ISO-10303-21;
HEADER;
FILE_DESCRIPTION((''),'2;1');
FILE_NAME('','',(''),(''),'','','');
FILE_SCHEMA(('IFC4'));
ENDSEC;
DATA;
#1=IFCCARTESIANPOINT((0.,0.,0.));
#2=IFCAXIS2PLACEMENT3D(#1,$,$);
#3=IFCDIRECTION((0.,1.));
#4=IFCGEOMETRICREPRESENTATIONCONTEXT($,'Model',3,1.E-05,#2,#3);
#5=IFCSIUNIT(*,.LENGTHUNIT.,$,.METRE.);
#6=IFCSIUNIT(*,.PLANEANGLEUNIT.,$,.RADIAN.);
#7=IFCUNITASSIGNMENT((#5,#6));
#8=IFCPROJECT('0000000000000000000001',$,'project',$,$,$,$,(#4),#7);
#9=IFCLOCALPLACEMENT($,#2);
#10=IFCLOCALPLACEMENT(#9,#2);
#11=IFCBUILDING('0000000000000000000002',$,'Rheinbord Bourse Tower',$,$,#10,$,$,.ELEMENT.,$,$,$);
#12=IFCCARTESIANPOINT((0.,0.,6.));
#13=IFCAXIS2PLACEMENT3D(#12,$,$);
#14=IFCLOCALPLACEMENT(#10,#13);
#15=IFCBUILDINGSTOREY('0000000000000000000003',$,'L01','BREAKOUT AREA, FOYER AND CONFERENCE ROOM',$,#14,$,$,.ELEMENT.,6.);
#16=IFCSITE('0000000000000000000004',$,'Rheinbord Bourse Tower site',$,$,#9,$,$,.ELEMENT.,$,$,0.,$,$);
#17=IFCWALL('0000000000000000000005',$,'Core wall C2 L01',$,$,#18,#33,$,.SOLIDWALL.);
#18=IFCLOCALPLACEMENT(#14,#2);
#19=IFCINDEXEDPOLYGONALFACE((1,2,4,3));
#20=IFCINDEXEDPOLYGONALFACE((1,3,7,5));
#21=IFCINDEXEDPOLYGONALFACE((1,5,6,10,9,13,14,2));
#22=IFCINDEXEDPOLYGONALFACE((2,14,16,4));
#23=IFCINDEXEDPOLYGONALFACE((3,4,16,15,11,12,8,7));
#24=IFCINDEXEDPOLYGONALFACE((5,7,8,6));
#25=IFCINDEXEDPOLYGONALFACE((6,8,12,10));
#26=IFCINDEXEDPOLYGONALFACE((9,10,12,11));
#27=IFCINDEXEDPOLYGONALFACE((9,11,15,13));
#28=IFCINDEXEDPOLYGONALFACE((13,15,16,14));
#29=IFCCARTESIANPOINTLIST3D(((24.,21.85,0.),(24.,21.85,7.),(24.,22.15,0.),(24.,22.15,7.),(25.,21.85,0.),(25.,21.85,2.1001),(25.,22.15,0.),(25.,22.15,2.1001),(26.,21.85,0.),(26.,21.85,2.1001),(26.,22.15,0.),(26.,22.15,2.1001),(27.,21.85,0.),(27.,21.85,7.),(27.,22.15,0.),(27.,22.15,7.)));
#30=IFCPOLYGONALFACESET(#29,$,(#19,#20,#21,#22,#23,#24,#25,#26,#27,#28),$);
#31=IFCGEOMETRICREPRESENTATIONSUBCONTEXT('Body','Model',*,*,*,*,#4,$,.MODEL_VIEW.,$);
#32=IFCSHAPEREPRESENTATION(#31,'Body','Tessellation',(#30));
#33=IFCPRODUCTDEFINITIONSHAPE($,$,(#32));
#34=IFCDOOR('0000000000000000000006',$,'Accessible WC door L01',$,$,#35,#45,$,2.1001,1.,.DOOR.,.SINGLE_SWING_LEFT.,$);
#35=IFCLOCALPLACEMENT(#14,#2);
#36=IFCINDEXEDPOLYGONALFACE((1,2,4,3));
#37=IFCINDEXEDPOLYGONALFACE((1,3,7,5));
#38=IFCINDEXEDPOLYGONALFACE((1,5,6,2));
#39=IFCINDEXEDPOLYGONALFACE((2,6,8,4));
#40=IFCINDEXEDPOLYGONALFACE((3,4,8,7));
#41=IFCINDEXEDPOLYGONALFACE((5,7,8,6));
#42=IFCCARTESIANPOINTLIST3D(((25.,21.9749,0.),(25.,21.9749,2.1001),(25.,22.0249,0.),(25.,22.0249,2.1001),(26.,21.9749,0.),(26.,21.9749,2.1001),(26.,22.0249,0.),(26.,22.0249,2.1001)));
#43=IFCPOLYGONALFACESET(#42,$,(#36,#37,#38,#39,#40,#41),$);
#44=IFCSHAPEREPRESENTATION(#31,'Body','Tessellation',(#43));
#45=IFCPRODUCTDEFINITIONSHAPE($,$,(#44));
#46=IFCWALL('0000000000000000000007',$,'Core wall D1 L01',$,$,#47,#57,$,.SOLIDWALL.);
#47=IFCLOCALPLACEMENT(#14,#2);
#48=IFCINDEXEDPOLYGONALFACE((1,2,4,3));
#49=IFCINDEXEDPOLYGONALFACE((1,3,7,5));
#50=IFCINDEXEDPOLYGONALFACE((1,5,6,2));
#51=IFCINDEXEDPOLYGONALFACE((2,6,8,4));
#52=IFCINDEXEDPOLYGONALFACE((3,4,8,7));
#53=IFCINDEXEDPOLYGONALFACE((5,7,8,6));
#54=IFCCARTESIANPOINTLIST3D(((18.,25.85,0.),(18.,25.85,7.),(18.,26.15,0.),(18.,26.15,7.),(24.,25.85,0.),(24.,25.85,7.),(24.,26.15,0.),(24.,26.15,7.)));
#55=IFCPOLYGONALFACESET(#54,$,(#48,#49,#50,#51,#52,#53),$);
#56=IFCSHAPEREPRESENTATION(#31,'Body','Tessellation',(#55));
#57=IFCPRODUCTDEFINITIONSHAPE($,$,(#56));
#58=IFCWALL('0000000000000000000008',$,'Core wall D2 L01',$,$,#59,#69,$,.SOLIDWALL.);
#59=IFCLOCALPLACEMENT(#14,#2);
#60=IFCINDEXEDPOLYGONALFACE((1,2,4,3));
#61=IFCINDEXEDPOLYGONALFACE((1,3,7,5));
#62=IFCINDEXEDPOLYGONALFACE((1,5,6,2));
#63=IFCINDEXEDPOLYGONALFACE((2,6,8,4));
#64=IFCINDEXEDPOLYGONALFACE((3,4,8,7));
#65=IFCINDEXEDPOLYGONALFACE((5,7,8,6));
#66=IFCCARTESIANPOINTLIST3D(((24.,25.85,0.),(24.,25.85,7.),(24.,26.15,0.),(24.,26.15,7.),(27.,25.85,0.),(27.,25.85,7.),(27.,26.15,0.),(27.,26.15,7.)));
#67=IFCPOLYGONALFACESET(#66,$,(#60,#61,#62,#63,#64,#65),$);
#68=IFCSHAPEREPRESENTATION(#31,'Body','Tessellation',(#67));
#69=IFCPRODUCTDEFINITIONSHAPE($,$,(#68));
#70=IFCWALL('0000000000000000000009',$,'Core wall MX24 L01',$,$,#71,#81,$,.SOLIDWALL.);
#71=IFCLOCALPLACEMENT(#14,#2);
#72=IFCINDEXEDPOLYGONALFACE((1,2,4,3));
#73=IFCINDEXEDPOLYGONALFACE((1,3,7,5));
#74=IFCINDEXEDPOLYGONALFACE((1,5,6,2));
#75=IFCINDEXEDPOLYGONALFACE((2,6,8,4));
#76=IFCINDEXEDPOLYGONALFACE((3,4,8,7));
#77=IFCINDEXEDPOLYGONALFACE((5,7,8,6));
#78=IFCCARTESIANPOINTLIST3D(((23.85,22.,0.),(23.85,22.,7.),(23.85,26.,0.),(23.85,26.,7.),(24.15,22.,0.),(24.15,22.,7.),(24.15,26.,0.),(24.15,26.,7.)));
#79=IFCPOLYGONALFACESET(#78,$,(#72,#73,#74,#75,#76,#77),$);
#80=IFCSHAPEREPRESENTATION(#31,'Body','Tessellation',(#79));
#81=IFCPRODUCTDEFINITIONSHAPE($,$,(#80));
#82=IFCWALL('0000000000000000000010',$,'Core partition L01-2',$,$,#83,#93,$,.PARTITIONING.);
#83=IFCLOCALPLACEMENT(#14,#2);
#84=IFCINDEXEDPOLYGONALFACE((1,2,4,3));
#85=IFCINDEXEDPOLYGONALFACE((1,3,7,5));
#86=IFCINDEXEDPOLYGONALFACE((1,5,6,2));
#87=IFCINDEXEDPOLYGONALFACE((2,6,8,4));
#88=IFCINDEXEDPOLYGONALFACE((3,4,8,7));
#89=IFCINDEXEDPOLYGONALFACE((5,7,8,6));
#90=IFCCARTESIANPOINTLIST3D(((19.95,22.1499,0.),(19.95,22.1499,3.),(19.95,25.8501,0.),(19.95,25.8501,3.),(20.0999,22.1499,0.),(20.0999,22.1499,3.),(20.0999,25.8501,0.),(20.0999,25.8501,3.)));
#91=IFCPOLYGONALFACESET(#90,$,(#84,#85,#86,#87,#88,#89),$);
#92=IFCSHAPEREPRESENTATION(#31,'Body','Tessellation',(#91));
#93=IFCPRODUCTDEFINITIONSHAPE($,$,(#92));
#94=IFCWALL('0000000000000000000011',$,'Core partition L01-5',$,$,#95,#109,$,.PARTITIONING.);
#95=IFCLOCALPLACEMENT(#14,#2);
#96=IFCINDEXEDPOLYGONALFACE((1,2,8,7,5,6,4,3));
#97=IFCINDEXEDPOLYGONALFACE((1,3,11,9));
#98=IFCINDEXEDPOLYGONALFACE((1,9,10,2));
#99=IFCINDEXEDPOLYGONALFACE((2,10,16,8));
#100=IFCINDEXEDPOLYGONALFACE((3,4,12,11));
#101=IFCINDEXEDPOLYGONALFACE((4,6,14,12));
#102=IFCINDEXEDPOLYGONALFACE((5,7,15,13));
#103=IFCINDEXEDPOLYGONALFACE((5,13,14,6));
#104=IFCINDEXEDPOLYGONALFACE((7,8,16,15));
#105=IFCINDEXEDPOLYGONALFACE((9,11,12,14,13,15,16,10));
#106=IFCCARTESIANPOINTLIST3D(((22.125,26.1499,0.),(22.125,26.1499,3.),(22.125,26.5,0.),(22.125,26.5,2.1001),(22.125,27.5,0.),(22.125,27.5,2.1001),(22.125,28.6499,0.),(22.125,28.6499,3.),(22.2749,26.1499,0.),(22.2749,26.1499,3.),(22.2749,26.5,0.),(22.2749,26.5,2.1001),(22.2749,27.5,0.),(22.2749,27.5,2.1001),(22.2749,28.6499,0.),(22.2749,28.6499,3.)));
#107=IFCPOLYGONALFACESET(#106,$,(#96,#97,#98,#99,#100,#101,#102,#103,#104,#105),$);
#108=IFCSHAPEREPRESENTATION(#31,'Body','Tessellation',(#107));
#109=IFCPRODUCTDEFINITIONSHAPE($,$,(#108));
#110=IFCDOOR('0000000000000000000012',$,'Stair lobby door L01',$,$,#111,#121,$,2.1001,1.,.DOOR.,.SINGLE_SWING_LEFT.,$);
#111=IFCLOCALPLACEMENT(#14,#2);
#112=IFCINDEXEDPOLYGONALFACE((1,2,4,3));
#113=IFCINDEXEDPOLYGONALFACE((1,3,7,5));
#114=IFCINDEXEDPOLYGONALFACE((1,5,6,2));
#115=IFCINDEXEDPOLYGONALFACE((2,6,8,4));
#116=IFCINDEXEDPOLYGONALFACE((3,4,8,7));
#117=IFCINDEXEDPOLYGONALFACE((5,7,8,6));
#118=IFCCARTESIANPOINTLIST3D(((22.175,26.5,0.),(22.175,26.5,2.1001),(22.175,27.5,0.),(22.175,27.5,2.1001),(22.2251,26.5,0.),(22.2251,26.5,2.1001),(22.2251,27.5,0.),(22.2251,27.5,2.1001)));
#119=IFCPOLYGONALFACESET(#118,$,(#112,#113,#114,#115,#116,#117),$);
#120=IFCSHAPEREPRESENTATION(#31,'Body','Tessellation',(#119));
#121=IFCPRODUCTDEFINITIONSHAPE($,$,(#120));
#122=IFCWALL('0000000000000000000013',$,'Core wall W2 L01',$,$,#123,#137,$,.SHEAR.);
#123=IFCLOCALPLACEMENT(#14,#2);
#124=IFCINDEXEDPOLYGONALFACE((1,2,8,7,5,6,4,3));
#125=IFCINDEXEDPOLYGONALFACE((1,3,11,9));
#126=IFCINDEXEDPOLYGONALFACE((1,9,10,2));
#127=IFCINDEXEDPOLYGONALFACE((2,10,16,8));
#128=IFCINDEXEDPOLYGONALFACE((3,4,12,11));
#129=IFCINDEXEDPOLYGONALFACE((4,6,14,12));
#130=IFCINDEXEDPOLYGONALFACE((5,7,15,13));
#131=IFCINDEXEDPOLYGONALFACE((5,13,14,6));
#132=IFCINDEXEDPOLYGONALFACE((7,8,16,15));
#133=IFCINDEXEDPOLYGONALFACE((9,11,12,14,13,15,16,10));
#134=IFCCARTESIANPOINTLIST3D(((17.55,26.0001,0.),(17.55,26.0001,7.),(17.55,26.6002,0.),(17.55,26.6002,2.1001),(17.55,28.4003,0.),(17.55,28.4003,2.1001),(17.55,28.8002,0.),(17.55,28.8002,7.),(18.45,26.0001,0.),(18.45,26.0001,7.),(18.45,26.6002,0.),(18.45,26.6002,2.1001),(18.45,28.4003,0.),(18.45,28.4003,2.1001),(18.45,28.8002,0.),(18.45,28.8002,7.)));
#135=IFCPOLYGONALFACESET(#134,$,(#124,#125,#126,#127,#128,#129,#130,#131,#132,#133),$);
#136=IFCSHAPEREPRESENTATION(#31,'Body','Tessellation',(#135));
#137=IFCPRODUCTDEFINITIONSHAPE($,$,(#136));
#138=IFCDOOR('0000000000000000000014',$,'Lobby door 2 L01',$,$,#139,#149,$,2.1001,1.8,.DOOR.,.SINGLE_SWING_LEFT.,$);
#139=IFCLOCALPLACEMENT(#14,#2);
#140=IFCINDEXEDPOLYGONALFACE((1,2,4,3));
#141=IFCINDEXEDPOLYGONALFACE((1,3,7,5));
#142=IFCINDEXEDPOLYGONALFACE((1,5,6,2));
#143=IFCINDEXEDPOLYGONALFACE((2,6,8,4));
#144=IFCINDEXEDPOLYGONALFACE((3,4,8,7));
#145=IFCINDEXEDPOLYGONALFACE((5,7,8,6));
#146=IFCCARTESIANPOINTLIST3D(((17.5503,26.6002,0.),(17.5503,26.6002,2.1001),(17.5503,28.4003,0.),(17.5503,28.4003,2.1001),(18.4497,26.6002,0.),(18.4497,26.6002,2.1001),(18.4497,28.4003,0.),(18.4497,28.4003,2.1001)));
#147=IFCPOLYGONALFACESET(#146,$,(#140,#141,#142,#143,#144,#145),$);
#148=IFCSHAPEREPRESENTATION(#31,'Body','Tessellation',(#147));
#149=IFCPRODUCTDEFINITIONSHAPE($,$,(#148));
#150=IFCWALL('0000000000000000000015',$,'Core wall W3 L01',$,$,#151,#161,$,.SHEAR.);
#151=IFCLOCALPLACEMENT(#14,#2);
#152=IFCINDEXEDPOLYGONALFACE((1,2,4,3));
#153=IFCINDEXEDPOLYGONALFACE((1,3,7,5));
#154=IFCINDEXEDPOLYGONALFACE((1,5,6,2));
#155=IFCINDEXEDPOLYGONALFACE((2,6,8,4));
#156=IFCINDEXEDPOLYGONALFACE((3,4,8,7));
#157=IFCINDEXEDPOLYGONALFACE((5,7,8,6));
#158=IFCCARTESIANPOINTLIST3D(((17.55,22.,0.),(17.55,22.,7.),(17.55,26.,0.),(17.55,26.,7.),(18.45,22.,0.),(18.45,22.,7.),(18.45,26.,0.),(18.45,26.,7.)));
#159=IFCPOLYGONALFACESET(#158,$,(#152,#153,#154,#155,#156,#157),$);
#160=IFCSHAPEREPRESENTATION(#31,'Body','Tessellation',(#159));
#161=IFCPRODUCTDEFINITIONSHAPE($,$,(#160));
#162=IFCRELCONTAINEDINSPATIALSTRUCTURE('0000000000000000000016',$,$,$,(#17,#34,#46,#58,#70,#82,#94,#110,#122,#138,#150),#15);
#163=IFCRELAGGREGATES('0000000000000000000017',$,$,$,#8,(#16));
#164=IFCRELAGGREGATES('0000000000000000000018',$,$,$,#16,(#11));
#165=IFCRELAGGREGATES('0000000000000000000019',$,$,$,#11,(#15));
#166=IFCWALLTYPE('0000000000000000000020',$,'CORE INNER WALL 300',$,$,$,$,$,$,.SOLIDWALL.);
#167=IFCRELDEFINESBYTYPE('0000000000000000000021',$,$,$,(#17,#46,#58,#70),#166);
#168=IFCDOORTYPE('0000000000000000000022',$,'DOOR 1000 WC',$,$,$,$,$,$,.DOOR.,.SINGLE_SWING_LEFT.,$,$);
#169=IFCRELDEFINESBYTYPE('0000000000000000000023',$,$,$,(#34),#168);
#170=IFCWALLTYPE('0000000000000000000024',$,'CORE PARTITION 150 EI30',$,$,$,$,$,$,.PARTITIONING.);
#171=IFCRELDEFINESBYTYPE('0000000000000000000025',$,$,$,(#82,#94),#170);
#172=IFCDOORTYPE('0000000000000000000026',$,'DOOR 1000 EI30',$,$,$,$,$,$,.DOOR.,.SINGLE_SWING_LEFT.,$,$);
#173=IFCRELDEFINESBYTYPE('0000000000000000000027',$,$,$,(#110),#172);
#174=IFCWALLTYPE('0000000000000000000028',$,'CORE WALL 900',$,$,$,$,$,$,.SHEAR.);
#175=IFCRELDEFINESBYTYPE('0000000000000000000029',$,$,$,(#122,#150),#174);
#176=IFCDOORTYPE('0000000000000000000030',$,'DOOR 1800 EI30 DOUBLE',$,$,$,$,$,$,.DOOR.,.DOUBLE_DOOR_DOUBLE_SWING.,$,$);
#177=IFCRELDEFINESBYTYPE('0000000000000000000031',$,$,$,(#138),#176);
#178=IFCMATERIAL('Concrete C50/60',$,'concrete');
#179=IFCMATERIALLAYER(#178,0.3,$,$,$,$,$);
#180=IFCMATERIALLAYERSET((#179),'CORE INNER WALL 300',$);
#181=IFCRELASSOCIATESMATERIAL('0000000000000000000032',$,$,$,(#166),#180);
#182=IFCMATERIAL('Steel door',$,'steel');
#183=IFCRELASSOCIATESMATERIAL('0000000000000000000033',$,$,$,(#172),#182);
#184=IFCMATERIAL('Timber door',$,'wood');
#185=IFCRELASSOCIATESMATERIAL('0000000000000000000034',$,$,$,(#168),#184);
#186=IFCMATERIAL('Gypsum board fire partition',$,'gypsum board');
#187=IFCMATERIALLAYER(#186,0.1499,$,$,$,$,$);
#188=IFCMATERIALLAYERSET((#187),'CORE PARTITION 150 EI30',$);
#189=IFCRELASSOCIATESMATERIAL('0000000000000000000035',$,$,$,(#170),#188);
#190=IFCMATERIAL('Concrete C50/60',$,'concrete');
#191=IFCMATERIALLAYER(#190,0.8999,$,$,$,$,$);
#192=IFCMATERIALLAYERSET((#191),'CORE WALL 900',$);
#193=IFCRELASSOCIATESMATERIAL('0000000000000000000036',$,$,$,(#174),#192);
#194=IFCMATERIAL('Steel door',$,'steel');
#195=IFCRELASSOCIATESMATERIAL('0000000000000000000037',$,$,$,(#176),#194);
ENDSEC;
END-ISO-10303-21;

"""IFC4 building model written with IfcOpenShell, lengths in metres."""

from ifc_helpers import new_model, si_unit, direction, frame, frame_2d, origin, place, context, subcontext, project, spatial, rectangle, extrude, material, layer, layer_set, type_object, element, fill, save


model = new_model("IFC4")

# Units and contexts
model_context = context("Model", 3, precision=1e-05, world=origin(), true_north=direction((0.0, 1.0)))
body_context = subcontext(model_context, "Body", "Model", "MODEL_VIEW")
ifc_project = project(units=[si_unit("LENGTHUNIT", "METRE"), si_unit("PLANEANGLEUNIT", "RADIAN")], contexts=[model_context])

# Site, building, storey
site_placement = place(None, origin())
site = spatial("IfcSite", under=ifc_project, at=site_placement, Name="Rheinbord Bourse Tower site", CompositionType="ELEMENT", RefElevation=0.0)
building_placement = place(site_placement, origin())
building = spatial("IfcBuilding", under=site, at=building_placement, Name="Rheinbord Bourse Tower", CompositionType="ELEMENT")
storey_placement = place(building_placement, frame((0.0, 0.0, 6.0)))
storey = spatial("IfcBuildingStorey", under=building, at=storey_placement, Name="L01", Description="BREAKOUT AREA, FOYER AND CONFERENCE ROOM", CompositionType="ELEMENT", Elevation=6.0)

# Shared definitions
ifc_material_1 = material(Name="Concrete C50/60", Category="concrete")
ifc_layer_1 = layer(ifc_material_1, 0.3)
ifc_layer_set_1 = layer_set([ifc_layer_1], Name="CORE INNER WALL 300")
wall_type_1 = type_object("IfcWallType", Name="CORE INNER WALL 300", PredefinedType="SOLIDWALL", material=ifc_layer_set_1)
ifc_material_2 = material(Name="Steel door", Category="steel")
door_type_1 = type_object("IfcDoorType", Name="DOOR 1000 EI30", OperationType="SINGLE_SWING_LEFT", PredefinedType="DOOR", material=ifc_material_2)

# Shared definitions
ifc_material_3 = material(Name="Timber door", Category="wood")
door_type_2 = type_object("IfcDoorType", Name="DOOR 1000 WC", OperationType="SINGLE_SWING_LEFT", PredefinedType="DOOR", material=ifc_material_3)

# Wall, opening, door
wall_1_placement = place(storey_placement, frame((24.0, 22.0, 0.0), z_axis=(0.0, 0.0, 1.0), x_axis=(1.0, 0.0, 0.0)))
wall_1 = element("IfcWall", 1, at=wall_1_placement, inside=storey, type_object=wall_type_1, Name="Core wall C2 L01", PredefinedType="SOLIDWALL", context=body_context, shape_type="SweptSolid", body=[
    extrude(rectangle(XDim=3.0, YDim=0.3, at=frame_2d((1.5, 0.0))), origin(), (0.0, 0.0, 1.0), 7.0),
])
opening_1_placement = place(wall_1_placement, frame((1.0, 0.0, 0.0)))
opening_1 = element("IfcOpeningElement", 2, at=opening_1_placement, cuts=wall_1, PredefinedType="OPENING", context=body_context, shape_type="SweptSolid", body=[
    extrude(rectangle(XDim=1.0, YDim=2.1001, at=frame_2d((0.5, 1.05))), frame((0.0, 0.1599, 0.0), z_axis=(0.0, -1.0, 0.0), x_axis=(1.0, 0.0, 0.0)), (0.0, 0.0, 1.0), 0.3201),
])
door_1_placement = place(opening_1_placement, origin())
door_1 = element("IfcDoor", 3, at=door_1_placement, inside=storey, type_object=door_type_2, Name="Accessible WC door L01", OperationType="SINGLE_SWING_LEFT", OverallHeight=2.1001, OverallWidth=1.0, PredefinedType="DOOR", context=body_context, shape_type="SweptSolid", body=[
    extrude(rectangle(XDim=1.0, YDim=2.1001, at=frame_2d((0.5, 1.05))), frame((0.0, 0.0249, 0.0), z_axis=(0.0, -1.0, 0.0), x_axis=(1.0, 0.0, 0.0)), (0.0, 0.0, 1.0), 0.05),
])
fill(opening_1, door_1)

# Walls
wall_2_placement = place(storey_placement, frame((18.0, 26.0, 0.0), z_axis=(0.0, 0.0, 1.0), x_axis=(1.0, 0.0, 0.0)))
element("IfcWall", 4, at=wall_2_placement, inside=storey, type_object=wall_type_1, Name="Core wall D1 L01", PredefinedType="SOLIDWALL", context=body_context, shape_type="SweptSolid", body=[
    extrude(rectangle(XDim=6.0, YDim=0.3, at=frame_2d((3.0, 0.0))), origin(), (0.0, 0.0, 1.0), 7.0),
])
wall_3_placement = place(storey_placement, frame((24.0, 26.0, 0.0), z_axis=(0.0, 0.0, 1.0), x_axis=(1.0, 0.0, 0.0)))
element("IfcWall", 5, at=wall_3_placement, inside=storey, type_object=wall_type_1, Name="Core wall D2 L01", PredefinedType="SOLIDWALL", context=body_context, shape_type="SweptSolid", body=[
    extrude(rectangle(XDim=3.0, YDim=0.3, at=frame_2d((1.5, 0.0))), origin(), (0.0, 0.0, 1.0), 7.0),
])
wall_4_placement = place(storey_placement, frame((24.0, 22.0, 0.0), z_axis=(0.0, 0.0, 1.0), x_axis=(0.0, 1.0, 0.0)))
element("IfcWall", 6, at=wall_4_placement, inside=storey, type_object=wall_type_1, Name="Core wall MX24 L01", PredefinedType="SOLIDWALL", context=body_context, shape_type="SweptSolid", body=[
    extrude(rectangle(XDim=4.0, YDim=0.3, at=frame_2d((2.0, 0.0))), origin(), (0.0, 0.0, 1.0), 7.0),
])
ifc_material_4 = material(Name="Gypsum board fire partition", Category="gypsum board")
ifc_layer_2 = layer(ifc_material_4, 0.1499)
ifc_layer_set_2 = layer_set([ifc_layer_2], Name="CORE PARTITION 150 EI30")
wall_type_2 = type_object("IfcWallType", Name="CORE PARTITION 150 EI30", PredefinedType="PARTITIONING", material=ifc_layer_set_2)
wall_5_placement = place(storey_placement, frame((20.0249, 22.1499, 0.0), z_axis=(0.0, 0.0, 1.0), x_axis=(0.0, 1.0, 0.0)))
element("IfcWall", 7, at=wall_5_placement, inside=storey, type_object=wall_type_2, Name="Core partition L01-2", PredefinedType="PARTITIONING", context=body_context, shape_type="SweptSolid", body=[
    extrude(rectangle(XDim=3.7002, YDim=0.1499, at=frame_2d((1.8501, 0.0))), origin(), (0.0, 0.0, 1.0), 3.0),
])

# Walls, openings, doors
wall_6_placement = place(storey_placement, frame((22.2, 26.1499, 0.0), z_axis=(0.0, 0.0, 1.0), x_axis=(0.0, 1.0, 0.0)))
wall_6 = element("IfcWall", 8, at=wall_6_placement, inside=storey, type_object=wall_type_2, Name="Core partition L01-5", PredefinedType="PARTITIONING", context=body_context, shape_type="SweptSolid", body=[
    extrude(rectangle(XDim=2.5, YDim=0.1499, at=frame_2d((1.25, 0.0))), origin(), (0.0, 0.0, 1.0), 3.0),
])
opening_2_placement = place(wall_6_placement, frame((0.3501, 0.0, 0.0)))
opening_2 = element("IfcOpeningElement", 9, at=opening_2_placement, cuts=wall_6, PredefinedType="OPENING", context=body_context, shape_type="SweptSolid", body=[
    extrude(rectangle(XDim=1.0, YDim=2.1001, at=frame_2d((0.5, 1.05))), frame((0.0, 0.085, 0.0), z_axis=(0.0, -1.0, 0.0), x_axis=(1.0, 0.0, 0.0)), (0.0, 0.0, 1.0), 0.1699),
])
door_2_placement = place(opening_2_placement, origin())
door_2 = element("IfcDoor", 10, at=door_2_placement, inside=storey, type_object=door_type_1, Name="Stair lobby door L01", OperationType="SINGLE_SWING_LEFT", OverallHeight=2.1001, OverallWidth=1.0, PredefinedType="DOOR", context=body_context, shape_type="SweptSolid", body=[
    extrude(rectangle(XDim=1.0, YDim=2.1001, at=frame_2d((0.5, 1.05))), frame((0.0, 0.0249, 0.0), z_axis=(0.0, -1.0, 0.0), x_axis=(1.0, 0.0, 0.0)), (0.0, 0.0, 1.0), 0.05),
])
fill(opening_2, door_2)
ifc_material_5 = material(Name="Concrete C50/60", Category="concrete")
ifc_layer_3 = layer(ifc_material_5, 0.8999)
ifc_layer_set_3 = layer_set([ifc_layer_3], Name="CORE WALL 900")
wall_type_3 = type_object("IfcWallType", Name="CORE WALL 900", PredefinedType="SHEAR", material=ifc_layer_set_3)
wall_7_placement = place(storey_placement, frame((18.0, 28.8, 0.0), z_axis=(0.0, 0.0, 1.0), x_axis=(0.0, -1.0, 0.0)))
wall_7 = element("IfcWall", 11, at=wall_7_placement, inside=storey, type_object=wall_type_3, Name="Core wall W2 L01", PredefinedType="SHEAR", context=body_context, shape_type="SweptSolid", body=[
    extrude(rectangle(XDim=2.8, YDim=0.8999, at=frame_2d((1.3999, 0.0))), origin(), (0.0, 0.0, 1.0), 7.0),
])
opening_3_placement = place(wall_7_placement, frame((0.3999, 0.0, 0.0)))
opening_3 = element("IfcOpeningElement", 12, at=opening_3_placement, cuts=wall_7, PredefinedType="OPENING", context=body_context, shape_type="SweptSolid", body=[
    extrude(rectangle(XDim=1.8, YDim=2.1001, at=frame_2d((0.8999, 1.05))), frame((0.0, 0.46, 0.0), z_axis=(0.0, -1.0, 0.0), x_axis=(1.0, 0.0, 0.0)), (0.0, 0.0, 1.0), 0.9199),
])
ifc_material_6 = material(Name="Steel door", Category="steel")
door_type_3 = type_object("IfcDoorType", Name="DOOR 1800 EI30 DOUBLE", OperationType="DOUBLE_DOOR_DOUBLE_SWING", PredefinedType="DOOR", material=ifc_material_6)
door_3_placement = place(opening_3_placement, origin())
door_3 = element("IfcDoor", 13, at=door_3_placement, inside=storey, type_object=door_type_3, Name="Lobby door 2 L01", OperationType="SINGLE_SWING_LEFT", OverallHeight=2.1001, OverallWidth=1.8, PredefinedType="DOOR", context=body_context, shape_type="SweptSolid", body=[
    extrude(rectangle(XDim=1.8, YDim=2.1001, at=frame_2d((0.8999, 1.05))), frame((0.0, 0.4497, 0.0), z_axis=(0.0, -1.0, 0.0), x_axis=(1.0, 0.0, 0.0)), (0.0, 0.0, 1.0), 0.8994),
])
fill(opening_3, door_3)

# Wall
wall_8_placement = place(storey_placement, frame((18.0, 26.0, 0.0), z_axis=(0.0, 0.0, 1.0), x_axis=(0.0, -1.0, 0.0)))
element("IfcWall", 14, at=wall_8_placement, inside=storey, type_object=wall_type_3, Name="Core wall W3 L01", PredefinedType="SHEAR", context=body_context, shape_type="SweptSolid", body=[
    extrude(rectangle(XDim=4.0, YDim=0.8999, at=frame_2d((2.0, 0.0))), origin(), (0.0, 0.0, 1.0), 7.0),
])

save(model, "model.ifc")
